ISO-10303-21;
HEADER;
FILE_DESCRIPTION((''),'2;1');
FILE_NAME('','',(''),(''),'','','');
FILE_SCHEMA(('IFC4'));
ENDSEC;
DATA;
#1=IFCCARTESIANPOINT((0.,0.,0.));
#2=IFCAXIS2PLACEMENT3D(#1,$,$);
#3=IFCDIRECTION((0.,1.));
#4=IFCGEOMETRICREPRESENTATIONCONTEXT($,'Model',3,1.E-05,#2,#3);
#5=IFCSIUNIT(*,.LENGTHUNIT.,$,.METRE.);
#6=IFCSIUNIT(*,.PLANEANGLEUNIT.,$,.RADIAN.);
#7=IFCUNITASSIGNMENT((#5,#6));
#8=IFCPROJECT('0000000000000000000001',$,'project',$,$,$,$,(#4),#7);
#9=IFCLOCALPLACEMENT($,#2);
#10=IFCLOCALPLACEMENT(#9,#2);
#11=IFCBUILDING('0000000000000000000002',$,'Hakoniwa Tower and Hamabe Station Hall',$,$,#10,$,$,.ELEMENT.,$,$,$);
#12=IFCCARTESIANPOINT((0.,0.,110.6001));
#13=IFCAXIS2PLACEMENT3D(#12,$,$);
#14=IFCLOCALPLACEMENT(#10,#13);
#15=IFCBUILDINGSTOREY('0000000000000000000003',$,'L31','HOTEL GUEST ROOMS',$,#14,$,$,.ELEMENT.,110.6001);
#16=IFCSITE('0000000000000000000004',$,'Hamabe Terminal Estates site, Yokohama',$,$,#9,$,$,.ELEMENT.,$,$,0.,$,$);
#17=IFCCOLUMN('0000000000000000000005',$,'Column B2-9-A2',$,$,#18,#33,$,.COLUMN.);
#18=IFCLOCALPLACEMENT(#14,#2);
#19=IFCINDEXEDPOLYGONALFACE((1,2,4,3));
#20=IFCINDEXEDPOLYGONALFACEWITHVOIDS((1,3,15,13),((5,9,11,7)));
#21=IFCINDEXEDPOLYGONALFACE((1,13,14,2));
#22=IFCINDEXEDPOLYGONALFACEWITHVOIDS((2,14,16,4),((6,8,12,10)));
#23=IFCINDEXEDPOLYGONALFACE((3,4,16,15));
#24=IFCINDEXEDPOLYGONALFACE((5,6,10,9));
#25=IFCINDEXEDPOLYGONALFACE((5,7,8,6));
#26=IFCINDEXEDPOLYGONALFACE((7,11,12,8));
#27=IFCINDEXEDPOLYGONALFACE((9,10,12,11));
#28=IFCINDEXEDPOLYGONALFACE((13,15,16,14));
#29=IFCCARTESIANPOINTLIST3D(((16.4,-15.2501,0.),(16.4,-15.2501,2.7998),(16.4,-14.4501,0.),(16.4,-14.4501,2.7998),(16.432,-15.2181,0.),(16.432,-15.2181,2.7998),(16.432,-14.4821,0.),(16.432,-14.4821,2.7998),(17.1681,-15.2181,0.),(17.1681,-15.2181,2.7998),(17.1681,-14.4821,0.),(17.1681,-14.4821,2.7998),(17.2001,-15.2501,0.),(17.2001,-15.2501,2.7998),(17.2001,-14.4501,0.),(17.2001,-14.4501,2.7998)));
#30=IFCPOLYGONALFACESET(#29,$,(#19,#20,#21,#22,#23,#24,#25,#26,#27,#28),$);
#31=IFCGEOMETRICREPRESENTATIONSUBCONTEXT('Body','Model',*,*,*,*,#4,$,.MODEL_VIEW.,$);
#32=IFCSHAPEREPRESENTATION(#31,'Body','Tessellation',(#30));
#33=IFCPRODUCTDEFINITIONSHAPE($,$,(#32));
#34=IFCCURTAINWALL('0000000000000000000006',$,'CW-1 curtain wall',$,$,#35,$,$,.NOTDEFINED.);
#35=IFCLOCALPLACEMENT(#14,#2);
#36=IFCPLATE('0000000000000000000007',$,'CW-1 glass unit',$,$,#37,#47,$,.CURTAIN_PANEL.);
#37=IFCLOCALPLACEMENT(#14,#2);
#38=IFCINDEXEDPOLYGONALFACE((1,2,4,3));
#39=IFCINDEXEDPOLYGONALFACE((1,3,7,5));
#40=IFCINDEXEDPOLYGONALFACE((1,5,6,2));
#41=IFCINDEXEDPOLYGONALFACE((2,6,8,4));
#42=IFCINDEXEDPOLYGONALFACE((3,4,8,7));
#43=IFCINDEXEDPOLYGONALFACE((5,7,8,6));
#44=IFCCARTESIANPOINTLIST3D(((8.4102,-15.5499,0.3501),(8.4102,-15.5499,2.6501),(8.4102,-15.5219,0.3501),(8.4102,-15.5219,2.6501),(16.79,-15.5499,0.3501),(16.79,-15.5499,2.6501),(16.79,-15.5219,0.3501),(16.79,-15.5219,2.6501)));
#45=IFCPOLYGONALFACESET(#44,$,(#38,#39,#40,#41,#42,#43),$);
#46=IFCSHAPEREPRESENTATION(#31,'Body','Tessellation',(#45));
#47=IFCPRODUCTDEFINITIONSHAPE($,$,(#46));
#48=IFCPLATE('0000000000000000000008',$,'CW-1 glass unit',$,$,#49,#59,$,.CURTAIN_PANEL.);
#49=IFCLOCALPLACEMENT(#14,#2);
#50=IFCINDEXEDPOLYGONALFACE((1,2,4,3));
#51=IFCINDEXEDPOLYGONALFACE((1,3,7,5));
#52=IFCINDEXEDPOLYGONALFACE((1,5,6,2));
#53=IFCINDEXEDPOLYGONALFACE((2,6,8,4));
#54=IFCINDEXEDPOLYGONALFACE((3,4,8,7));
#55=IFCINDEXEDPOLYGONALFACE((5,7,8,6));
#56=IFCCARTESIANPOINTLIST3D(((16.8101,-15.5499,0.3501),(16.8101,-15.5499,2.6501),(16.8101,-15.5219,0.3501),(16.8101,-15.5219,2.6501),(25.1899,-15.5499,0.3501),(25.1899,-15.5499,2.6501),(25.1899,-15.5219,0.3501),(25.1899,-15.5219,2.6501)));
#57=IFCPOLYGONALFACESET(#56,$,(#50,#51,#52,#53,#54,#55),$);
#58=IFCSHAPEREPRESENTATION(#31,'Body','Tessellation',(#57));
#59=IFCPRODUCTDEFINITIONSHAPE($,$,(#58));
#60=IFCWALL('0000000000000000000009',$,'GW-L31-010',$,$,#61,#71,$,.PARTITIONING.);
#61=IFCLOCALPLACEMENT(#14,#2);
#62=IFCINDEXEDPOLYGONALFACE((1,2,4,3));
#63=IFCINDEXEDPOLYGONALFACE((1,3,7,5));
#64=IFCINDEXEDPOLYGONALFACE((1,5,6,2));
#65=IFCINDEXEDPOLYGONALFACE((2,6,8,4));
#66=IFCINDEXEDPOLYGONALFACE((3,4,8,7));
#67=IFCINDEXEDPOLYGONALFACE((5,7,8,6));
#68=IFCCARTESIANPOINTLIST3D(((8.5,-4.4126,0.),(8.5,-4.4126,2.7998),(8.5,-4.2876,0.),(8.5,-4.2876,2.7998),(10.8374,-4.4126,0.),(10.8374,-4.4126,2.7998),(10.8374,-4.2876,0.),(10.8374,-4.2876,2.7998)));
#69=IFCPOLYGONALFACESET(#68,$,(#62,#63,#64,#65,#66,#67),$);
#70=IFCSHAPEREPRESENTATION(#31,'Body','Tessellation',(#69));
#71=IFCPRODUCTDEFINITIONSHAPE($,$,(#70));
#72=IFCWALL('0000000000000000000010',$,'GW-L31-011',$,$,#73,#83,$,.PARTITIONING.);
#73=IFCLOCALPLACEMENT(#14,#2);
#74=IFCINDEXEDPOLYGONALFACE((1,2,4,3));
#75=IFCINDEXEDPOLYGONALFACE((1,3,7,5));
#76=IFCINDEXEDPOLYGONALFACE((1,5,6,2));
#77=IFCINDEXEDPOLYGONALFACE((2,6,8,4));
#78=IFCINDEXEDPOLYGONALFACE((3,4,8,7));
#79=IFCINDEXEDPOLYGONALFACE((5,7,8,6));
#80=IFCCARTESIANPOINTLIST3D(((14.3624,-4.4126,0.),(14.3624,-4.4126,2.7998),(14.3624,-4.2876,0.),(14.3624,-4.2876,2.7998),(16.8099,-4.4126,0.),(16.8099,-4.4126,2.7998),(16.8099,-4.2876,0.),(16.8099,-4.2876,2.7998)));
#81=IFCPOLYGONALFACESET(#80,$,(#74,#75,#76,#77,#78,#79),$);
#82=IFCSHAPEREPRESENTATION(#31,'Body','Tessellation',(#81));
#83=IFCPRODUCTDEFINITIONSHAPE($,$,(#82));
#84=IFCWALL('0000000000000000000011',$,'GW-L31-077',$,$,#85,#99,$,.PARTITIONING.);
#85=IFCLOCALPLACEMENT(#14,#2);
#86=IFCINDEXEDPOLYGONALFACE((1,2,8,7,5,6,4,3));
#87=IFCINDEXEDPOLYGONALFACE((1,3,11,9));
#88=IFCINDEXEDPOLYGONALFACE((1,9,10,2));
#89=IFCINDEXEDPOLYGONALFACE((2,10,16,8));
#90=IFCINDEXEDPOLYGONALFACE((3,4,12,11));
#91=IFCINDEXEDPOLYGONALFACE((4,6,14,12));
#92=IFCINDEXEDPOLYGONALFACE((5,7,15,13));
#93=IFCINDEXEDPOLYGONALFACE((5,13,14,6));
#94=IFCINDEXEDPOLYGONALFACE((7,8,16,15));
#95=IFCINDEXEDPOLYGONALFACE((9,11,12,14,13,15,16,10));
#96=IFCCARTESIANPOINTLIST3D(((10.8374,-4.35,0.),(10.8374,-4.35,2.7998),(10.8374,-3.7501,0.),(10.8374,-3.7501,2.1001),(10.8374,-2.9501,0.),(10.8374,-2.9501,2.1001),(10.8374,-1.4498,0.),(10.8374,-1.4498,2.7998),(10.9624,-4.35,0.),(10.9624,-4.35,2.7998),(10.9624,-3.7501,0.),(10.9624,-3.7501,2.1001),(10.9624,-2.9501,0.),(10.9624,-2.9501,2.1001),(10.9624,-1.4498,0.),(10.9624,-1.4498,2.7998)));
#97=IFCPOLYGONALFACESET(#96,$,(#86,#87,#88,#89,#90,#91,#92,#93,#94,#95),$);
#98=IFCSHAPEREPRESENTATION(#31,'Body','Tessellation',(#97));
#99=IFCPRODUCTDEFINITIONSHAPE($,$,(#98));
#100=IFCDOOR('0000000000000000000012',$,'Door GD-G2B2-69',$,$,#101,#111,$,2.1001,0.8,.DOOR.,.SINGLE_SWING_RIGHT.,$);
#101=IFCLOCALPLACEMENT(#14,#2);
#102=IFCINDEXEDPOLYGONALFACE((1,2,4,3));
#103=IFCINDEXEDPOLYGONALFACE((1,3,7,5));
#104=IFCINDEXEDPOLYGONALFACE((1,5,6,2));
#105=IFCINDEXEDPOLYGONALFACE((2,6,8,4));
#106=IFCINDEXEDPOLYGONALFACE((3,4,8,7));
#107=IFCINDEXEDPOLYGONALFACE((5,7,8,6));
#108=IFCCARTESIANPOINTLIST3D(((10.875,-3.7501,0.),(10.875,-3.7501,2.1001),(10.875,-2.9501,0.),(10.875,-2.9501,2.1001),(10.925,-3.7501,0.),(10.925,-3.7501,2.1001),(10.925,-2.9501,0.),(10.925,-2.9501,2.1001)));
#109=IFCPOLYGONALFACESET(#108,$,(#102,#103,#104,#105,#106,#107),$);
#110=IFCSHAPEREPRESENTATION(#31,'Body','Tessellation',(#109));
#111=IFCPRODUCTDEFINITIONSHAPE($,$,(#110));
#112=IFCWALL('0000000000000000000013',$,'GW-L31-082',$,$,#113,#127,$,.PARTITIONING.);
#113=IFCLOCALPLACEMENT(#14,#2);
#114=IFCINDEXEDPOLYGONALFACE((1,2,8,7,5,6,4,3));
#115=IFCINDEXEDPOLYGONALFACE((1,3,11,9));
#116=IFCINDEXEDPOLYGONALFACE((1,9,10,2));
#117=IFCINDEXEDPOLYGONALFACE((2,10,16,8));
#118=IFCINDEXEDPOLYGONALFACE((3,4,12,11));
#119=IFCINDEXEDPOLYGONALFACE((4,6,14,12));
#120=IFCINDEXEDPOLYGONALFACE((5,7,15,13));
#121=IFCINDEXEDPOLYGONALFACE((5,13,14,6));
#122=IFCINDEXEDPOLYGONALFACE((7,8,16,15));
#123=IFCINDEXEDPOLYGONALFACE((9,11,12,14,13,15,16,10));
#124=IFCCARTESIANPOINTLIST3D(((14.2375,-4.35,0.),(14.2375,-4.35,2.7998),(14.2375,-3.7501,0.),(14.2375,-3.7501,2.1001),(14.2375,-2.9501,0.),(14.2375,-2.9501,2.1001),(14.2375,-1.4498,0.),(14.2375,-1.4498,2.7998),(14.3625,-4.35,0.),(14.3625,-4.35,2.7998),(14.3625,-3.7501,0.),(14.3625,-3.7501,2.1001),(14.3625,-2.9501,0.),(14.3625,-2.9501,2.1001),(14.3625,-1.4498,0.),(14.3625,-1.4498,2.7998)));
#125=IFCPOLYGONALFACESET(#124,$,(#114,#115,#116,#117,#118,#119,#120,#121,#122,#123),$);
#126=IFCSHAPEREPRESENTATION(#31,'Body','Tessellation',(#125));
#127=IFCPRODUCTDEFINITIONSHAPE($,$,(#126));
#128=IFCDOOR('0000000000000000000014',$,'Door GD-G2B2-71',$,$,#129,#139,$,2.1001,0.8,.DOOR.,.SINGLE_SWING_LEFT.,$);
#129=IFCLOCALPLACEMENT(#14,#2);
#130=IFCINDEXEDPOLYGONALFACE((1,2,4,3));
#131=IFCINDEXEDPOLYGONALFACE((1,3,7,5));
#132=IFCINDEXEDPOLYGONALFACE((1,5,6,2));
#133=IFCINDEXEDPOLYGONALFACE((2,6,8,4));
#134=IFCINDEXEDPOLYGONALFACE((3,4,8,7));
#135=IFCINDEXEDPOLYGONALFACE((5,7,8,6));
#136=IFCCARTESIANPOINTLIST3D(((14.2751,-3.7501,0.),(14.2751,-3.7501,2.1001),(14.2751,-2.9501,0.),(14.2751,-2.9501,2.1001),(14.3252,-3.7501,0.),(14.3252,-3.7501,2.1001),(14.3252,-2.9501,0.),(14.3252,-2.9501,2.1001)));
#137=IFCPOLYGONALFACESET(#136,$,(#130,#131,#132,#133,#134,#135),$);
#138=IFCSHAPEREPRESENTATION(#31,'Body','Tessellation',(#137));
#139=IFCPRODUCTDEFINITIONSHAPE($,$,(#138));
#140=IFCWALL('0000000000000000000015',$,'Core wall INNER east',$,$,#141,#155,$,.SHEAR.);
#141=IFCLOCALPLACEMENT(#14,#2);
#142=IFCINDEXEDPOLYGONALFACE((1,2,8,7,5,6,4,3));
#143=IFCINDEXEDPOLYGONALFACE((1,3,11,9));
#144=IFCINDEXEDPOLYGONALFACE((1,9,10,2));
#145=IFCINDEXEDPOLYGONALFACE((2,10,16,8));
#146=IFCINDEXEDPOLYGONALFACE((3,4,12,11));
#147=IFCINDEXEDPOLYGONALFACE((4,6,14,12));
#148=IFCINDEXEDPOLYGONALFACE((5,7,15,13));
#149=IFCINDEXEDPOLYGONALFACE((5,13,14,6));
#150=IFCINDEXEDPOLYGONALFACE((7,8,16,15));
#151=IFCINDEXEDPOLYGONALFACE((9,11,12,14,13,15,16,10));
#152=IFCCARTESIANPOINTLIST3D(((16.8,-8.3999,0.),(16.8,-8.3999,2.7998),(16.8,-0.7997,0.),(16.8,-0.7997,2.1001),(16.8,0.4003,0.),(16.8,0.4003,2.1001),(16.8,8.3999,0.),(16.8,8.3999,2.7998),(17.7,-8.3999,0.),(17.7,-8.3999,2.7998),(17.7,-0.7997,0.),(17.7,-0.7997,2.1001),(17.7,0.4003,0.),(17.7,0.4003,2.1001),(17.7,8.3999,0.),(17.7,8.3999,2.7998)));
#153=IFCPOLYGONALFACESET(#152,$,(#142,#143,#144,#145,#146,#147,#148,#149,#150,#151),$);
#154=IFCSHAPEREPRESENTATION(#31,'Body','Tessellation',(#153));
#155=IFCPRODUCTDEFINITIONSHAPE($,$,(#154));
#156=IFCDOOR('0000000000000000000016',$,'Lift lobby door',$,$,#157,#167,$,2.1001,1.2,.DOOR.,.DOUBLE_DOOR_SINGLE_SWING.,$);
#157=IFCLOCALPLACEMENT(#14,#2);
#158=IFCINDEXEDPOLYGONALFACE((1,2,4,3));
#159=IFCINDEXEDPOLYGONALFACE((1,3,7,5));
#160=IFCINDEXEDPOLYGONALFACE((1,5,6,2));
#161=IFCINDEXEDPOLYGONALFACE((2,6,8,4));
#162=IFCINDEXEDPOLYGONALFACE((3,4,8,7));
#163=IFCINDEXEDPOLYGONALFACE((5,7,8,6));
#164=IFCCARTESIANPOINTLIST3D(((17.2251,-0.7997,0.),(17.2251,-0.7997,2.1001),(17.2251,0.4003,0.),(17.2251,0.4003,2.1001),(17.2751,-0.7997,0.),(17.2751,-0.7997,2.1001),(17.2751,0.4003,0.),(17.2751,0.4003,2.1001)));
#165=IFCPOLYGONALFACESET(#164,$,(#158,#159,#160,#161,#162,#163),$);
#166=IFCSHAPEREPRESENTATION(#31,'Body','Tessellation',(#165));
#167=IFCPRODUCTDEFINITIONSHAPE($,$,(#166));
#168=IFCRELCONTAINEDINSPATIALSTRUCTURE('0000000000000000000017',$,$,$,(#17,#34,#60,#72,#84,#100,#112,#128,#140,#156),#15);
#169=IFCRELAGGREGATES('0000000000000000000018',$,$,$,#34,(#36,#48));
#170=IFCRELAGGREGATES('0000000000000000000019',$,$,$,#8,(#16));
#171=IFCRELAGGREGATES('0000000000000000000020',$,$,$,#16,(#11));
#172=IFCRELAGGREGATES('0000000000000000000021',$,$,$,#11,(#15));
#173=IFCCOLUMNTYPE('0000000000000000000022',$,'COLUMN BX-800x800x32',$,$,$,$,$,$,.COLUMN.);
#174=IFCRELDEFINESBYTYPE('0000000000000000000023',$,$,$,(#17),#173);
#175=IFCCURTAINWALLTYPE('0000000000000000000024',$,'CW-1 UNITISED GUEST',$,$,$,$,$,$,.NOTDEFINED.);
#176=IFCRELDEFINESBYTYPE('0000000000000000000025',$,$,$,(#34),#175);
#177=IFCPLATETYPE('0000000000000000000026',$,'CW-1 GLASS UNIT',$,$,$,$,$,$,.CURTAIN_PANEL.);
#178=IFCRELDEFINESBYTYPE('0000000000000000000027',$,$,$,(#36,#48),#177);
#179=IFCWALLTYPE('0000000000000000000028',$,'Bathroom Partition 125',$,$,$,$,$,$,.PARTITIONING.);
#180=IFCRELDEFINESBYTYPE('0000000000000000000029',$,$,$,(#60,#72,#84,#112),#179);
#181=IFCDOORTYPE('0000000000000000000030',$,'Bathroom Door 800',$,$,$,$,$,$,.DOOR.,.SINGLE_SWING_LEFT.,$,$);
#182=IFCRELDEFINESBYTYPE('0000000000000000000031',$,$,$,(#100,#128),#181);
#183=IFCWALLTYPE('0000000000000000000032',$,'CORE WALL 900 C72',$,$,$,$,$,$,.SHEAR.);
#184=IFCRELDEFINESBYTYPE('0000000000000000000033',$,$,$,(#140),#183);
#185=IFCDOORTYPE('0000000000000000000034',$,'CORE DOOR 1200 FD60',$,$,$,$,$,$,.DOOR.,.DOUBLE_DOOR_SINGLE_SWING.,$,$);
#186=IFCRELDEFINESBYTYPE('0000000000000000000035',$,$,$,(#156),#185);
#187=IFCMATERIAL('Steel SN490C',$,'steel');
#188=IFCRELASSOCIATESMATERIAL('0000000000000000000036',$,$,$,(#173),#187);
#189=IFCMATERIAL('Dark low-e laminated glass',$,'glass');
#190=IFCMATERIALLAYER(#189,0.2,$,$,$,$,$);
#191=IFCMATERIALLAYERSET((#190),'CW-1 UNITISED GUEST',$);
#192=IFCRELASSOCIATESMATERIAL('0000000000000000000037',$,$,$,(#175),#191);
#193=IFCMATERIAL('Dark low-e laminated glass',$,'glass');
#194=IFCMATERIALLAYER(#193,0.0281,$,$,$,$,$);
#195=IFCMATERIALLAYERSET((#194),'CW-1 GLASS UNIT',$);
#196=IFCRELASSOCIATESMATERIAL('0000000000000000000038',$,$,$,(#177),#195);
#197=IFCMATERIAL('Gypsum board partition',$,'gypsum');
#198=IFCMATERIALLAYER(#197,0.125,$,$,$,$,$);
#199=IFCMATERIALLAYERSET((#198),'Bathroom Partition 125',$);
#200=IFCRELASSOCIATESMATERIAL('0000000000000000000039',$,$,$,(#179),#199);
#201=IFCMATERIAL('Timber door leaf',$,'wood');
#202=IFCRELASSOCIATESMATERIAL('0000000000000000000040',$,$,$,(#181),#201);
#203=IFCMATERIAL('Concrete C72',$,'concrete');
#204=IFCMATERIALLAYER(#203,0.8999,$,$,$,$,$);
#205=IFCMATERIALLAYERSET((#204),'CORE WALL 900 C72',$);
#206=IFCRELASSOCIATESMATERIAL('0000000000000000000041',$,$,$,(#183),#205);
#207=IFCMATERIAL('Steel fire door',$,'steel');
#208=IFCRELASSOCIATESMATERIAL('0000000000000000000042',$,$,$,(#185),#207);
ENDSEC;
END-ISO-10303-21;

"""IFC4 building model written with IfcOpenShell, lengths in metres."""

from ifc_helpers import new_model, si_unit, direction, frame, frame_2d, origin, origin_2d, place, context, subcontext, project, spatial, rectangle, hollow_rectangle, extrude, material, layer, layer_set, material_profile, profile_set, type_object, element, fill, aggregate, save


model = new_model("IFC4")

# Units and contexts
model_context = context("Model", 3, precision=1e-05, world=origin(), true_north=direction((0.0, 1.0)))
body_context = subcontext(model_context, "Body", "Model", "MODEL_VIEW")
ifc_project = project(units=[si_unit("LENGTHUNIT", "METRE"), si_unit("PLANEANGLEUNIT", "RADIAN")], contexts=[model_context])

# Site, building, storey
site_placement = place(None, origin())
site = spatial("IfcSite", under=ifc_project, at=site_placement, Name="Hamabe Terminal Estates site, Yokohama", CompositionType="ELEMENT", RefElevation=0.0)
building_placement = place(site_placement, origin())
building = spatial("IfcBuilding", under=site, at=building_placement, Name="Hakoniwa Tower and Hamabe Station Hall", CompositionType="ELEMENT")
storey_placement = place(building_placement, frame((0.0, 0.0, 110.6001)))
storey = spatial("IfcBuildingStorey", under=building, at=storey_placement, Name="L31", Description="HOTEL GUEST ROOMS", CompositionType="ELEMENT", Elevation=110.6001)

# Column
ifc_material_1 = material(Name="Steel SN490C", Category="steel")
ifc_material_profile = material_profile(ifc_material_1, hollow_rectangle(XDim=0.8, YDim=0.8, WallThickness=0.032, at=origin_2d()), Name="BX-800x800x32")
ifc_profile_set = profile_set([ifc_material_profile], Name="Steel SN490C")
column_type = type_object("IfcColumnType", Name="COLUMN BX-800x800x32", PredefinedType="COLUMN", material=ifc_profile_set)
column_placement = place(storey_placement, frame((16.8, -14.8501, 0.0), z_axis=(0.0, 0.0, 1.0), x_axis=(1.0, 0.0, 0.0)))
element("IfcColumn", 1, at=column_placement, inside=storey, type_object=column_type, Name="Column B2-9-A2", PredefinedType="COLUMN", context=body_context, shape_type="SweptSolid", body=[
    extrude(hollow_rectangle(XDim=0.8, YDim=0.8, WallThickness=0.032, at=origin_2d()), origin(), (0.0, 0.0, 1.0), 2.7998),
])

# Curtain wall, plates
ifc_material_2 = material(Name="Dark low-e laminated glass", Category="glass")
ifc_layer_1 = layer(ifc_material_2, 0.2)
ifc_layer_set_1 = layer_set([ifc_layer_1], Name="CW-1 UNITISED GUEST")
curtain_wall_type = type_object("IfcCurtainWallType", Name="CW-1 UNITISED GUEST", PredefinedType="NOTDEFINED", material=ifc_layer_set_1)
curtain_wall_placement = place(storey_placement, origin())
curtain_wall = element("IfcCurtainWall", 2, at=curtain_wall_placement, inside=storey, type_object=curtain_wall_type, Name="CW-1 curtain wall", PredefinedType="NOTDEFINED")
ifc_material_3 = material(Name="Dark low-e laminated glass", Category="glass")
ifc_layer_2 = layer(ifc_material_3, 0.0281)
ifc_layer_set_2 = layer_set([ifc_layer_2], Name="CW-1 GLASS UNIT")
plate_type = type_object("IfcPlateType", Name="CW-1 GLASS UNIT", PredefinedType="CURTAIN_PANEL", material=ifc_layer_set_2)
plate_1_placement = place(storey_placement, frame((12.6001, -15.5359, 0.3501), z_axis=(0.0, 0.0, 1.0), x_axis=(1.0, 0.0, 0.0)))
plate_1 = element("IfcPlate", 3, at=plate_1_placement, type_object=plate_type, Name="CW-1 glass unit", PredefinedType="CURTAIN_PANEL", context=body_context, shape_type="SweptSolid", body=[
    extrude(rectangle(XDim=8.3799, YDim=0.0281, at=origin_2d()), origin(), (0.0, 0.0, 1.0), 2.3),
])
plate_2_placement = place(storey_placement, frame((21.0, -15.5359, 0.3501), z_axis=(0.0, 0.0, 1.0), x_axis=(1.0, 0.0, 0.0)))
plate_2 = element("IfcPlate", 4, at=plate_2_placement, type_object=plate_type, Name="CW-1 glass unit", PredefinedType="CURTAIN_PANEL", context=body_context, shape_type="SweptSolid", body=[
    extrude(rectangle(XDim=8.3799, YDim=0.0281, at=origin_2d()), origin(), (0.0, 0.0, 1.0), 2.3),
])
aggregate(curtain_wall, [plate_1, plate_2])

# Walls
ifc_material_4 = material(Name="Gypsum board partition", Category="gypsum")
ifc_layer_3 = layer(ifc_material_4, 0.125)
ifc_layer_set_3 = layer_set([ifc_layer_3], Name="Bathroom Partition 125")
wall_type_1 = type_object("IfcWallType", Name="Bathroom Partition 125", PredefinedType="PARTITIONING", material=ifc_layer_set_3)
wall_1_placement = place(storey_placement, frame((8.5, -4.3501, 0.0), z_axis=(0.0, 0.0, 1.0), x_axis=(1.0, 0.0, 0.0)))
element("IfcWall", 5, at=wall_1_placement, inside=storey, type_object=wall_type_1, Name="GW-L31-010", PredefinedType="PARTITIONING", context=body_context, shape_type="SweptSolid", body=[
    extrude(rectangle(XDim=2.3374, YDim=0.125, at=frame_2d((1.1687, 0.0))), origin(), (0.0, 0.0, 1.0), 2.7998),
])
wall_2_placement = place(storey_placement, frame((14.3625, -4.3501, 0.0), z_axis=(0.0, 0.0, 1.0), x_axis=(1.0, 0.0, 0.0)))
element("IfcWall", 6, at=wall_2_placement, inside=storey, type_object=wall_type_1, Name="GW-L31-011", PredefinedType="PARTITIONING", context=body_context, shape_type="SweptSolid", body=[
    extrude(rectangle(XDim=2.4475, YDim=0.125, at=frame_2d((1.2236, 0.0))), origin(), (0.0, 0.0, 1.0), 2.7998),
])

# Walls, openings, doors
wall_3_placement = place(storey_placement, frame((10.8999, -4.3501, 0.0), z_axis=(0.0, 0.0, 1.0), x_axis=(0.0, 1.0, 0.0)))
wall_3 = element("IfcWall", 7, at=wall_3_placement, inside=storey, type_object=wall_type_1, Name="GW-L31-077", PredefinedType="PARTITIONING", context=body_context, shape_type="SweptSolid", body=[
    extrude(rectangle(XDim=2.9001, YDim=0.125, at=frame_2d((1.4502, 0.0))), origin(), (0.0, 0.0, 1.0), 2.7998),
])
opening_1_placement = place(wall_3_placement, frame((0.6001, 0.0, 0.0)))
opening_1 = element("IfcOpeningElement", 8, at=opening_1_placement, cuts=wall_3, PredefinedType="OPENING", context=body_context, shape_type="SweptSolid", body=[
    extrude(rectangle(XDim=0.8, YDim=2.1001, at=frame_2d((0.3999, 1.05))), frame((0.0, 0.0725, 0.0), z_axis=(0.0, -1.0, 0.0), x_axis=(1.0, 0.0, 0.0)), (0.0, 0.0, 1.0), 0.145),
])
ifc_material_5 = material(Name="Timber door leaf", Category="wood")
door_type_1 = type_object("IfcDoorType", Name="Bathroom Door 800", OperationType="SINGLE_SWING_LEFT", PredefinedType="DOOR", material=ifc_material_5)
door_1_placement = place(opening_1_placement, origin())
door_1 = element("IfcDoor", 9, at=door_1_placement, inside=storey, type_object=door_type_1, Name="Door GD-G2B2-69", OperationType="SINGLE_SWING_RIGHT", OverallHeight=2.1001, OverallWidth=0.8, PredefinedType="DOOR", context=body_context, shape_type="SweptSolid", body=[
    extrude(rectangle(XDim=0.8, YDim=2.1001, at=frame_2d((0.3999, 1.05))), frame((0.0, 0.0249, 0.0), z_axis=(0.0, -1.0, 0.0), x_axis=(1.0, 0.0, 0.0)), (0.0, 0.0, 1.0), 0.05),
])
fill(opening_1, door_1)
wall_4_placement = place(storey_placement, frame((14.3, -4.3501, 0.0), z_axis=(0.0, 0.0, 1.0), x_axis=(0.0, 1.0, 0.0)))
wall_4 = element("IfcWall", 10, at=wall_4_placement, inside=storey, type_object=wall_type_1, Name="GW-L31-082", PredefinedType="PARTITIONING", context=body_context, shape_type="SweptSolid", body=[
    extrude(rectangle(XDim=2.9001, YDim=0.125, at=frame_2d((1.4502, 0.0))), origin(), (0.0, 0.0, 1.0), 2.7998),
])
opening_2_placement = place(wall_4_placement, frame((0.6001, 0.0, 0.0)))
opening_2 = element("IfcOpeningElement", 11, at=opening_2_placement, cuts=wall_4, PredefinedType="OPENING", context=body_context, shape_type="SweptSolid", body=[
    extrude(rectangle(XDim=0.8, YDim=2.1001, at=frame_2d((0.3999, 1.05))), frame((0.0, 0.0725, 0.0), z_axis=(0.0, -1.0, 0.0), x_axis=(1.0, 0.0, 0.0)), (0.0, 0.0, 1.0), 0.145),
])
door_2_placement = place(opening_2_placement, origin())
door_2 = element("IfcDoor", 12, at=door_2_placement, inside=storey, type_object=door_type_1, Name="Door GD-G2B2-71", OperationType="SINGLE_SWING_LEFT", OverallHeight=2.1001, OverallWidth=0.8, PredefinedType="DOOR", context=body_context, shape_type="SweptSolid", body=[
    extrude(rectangle(XDim=0.8, YDim=2.1001, at=frame_2d((0.3999, 1.05))), frame((0.0, 0.0249, 0.0), z_axis=(0.0, -1.0, 0.0), x_axis=(1.0, 0.0, 0.0)), (0.0, 0.0, 1.0), 0.05),
])
fill(opening_2, door_2)
ifc_material_6 = material(Name="Concrete C72", Category="concrete")
ifc_layer_4 = layer(ifc_material_6, 0.8999)
ifc_layer_set_4 = layer_set([ifc_layer_4], Name="CORE WALL 900 C72")
wall_type_2 = type_object("IfcWallType", Name="CORE WALL 900 C72", PredefinedType="SHEAR", material=ifc_layer_set_4)
wall_5_placement = place(storey_placement, frame((17.25, -8.3999, 0.0), z_axis=(0.0, 0.0, 1.0), x_axis=(0.0, 1.0, 0.0)))
wall_5 = element("IfcWall", 13, at=wall_5_placement, inside=storey, type_object=wall_type_2, Name="Core wall INNER east", PredefinedType="SHEAR", context=body_context, shape_type="SweptSolid", body=[
    extrude(rectangle(XDim=16.7998, YDim=0.8999, at=frame_2d((8.3999, 0.0))), origin(), (0.0, 0.0, 1.0), 2.7998),
])
opening_3_placement = place(wall_5_placement, frame((7.6001, 0.0, 0.0)))
opening_3 = element("IfcOpeningElement", 14, at=opening_3_placement, cuts=wall_5, PredefinedType="OPENING", context=body_context, shape_type="SweptSolid", body=[
    extrude(rectangle(XDim=1.2, YDim=2.1001, at=frame_2d((0.6001, 1.05))), frame((0.0, 0.46, 0.0), z_axis=(0.0, -1.0, 0.0), x_axis=(1.0, 0.0, 0.0)), (0.0, 0.0, 1.0), 0.9199),
])
ifc_material_7 = material(Name="Steel fire door", Category="steel")
door_type_2 = type_object("IfcDoorType", Name="CORE DOOR 1200 FD60", OperationType="DOUBLE_DOOR_SINGLE_SWING", PredefinedType="DOOR", material=ifc_material_7)
door_3_placement = place(opening_3_placement, origin())
door_3 = element("IfcDoor", 15, at=door_3_placement, inside=storey, type_object=door_type_2, Name="Lift lobby door", OperationType="DOUBLE_DOOR_SINGLE_SWING", OverallHeight=2.1001, OverallWidth=1.2, PredefinedType="DOOR", context=body_context, shape_type="SweptSolid", body=[
    extrude(rectangle(XDim=1.2, YDim=2.1001, at=frame_2d((0.6001, 1.05))), frame((0.0, 0.0249, 0.0), z_axis=(0.0, -1.0, 0.0), x_axis=(1.0, 0.0, 0.0)), (0.0, 0.0, 1.0), 0.05),
])
fill(opening_3, door_3)

save(model, "model.ifc")
